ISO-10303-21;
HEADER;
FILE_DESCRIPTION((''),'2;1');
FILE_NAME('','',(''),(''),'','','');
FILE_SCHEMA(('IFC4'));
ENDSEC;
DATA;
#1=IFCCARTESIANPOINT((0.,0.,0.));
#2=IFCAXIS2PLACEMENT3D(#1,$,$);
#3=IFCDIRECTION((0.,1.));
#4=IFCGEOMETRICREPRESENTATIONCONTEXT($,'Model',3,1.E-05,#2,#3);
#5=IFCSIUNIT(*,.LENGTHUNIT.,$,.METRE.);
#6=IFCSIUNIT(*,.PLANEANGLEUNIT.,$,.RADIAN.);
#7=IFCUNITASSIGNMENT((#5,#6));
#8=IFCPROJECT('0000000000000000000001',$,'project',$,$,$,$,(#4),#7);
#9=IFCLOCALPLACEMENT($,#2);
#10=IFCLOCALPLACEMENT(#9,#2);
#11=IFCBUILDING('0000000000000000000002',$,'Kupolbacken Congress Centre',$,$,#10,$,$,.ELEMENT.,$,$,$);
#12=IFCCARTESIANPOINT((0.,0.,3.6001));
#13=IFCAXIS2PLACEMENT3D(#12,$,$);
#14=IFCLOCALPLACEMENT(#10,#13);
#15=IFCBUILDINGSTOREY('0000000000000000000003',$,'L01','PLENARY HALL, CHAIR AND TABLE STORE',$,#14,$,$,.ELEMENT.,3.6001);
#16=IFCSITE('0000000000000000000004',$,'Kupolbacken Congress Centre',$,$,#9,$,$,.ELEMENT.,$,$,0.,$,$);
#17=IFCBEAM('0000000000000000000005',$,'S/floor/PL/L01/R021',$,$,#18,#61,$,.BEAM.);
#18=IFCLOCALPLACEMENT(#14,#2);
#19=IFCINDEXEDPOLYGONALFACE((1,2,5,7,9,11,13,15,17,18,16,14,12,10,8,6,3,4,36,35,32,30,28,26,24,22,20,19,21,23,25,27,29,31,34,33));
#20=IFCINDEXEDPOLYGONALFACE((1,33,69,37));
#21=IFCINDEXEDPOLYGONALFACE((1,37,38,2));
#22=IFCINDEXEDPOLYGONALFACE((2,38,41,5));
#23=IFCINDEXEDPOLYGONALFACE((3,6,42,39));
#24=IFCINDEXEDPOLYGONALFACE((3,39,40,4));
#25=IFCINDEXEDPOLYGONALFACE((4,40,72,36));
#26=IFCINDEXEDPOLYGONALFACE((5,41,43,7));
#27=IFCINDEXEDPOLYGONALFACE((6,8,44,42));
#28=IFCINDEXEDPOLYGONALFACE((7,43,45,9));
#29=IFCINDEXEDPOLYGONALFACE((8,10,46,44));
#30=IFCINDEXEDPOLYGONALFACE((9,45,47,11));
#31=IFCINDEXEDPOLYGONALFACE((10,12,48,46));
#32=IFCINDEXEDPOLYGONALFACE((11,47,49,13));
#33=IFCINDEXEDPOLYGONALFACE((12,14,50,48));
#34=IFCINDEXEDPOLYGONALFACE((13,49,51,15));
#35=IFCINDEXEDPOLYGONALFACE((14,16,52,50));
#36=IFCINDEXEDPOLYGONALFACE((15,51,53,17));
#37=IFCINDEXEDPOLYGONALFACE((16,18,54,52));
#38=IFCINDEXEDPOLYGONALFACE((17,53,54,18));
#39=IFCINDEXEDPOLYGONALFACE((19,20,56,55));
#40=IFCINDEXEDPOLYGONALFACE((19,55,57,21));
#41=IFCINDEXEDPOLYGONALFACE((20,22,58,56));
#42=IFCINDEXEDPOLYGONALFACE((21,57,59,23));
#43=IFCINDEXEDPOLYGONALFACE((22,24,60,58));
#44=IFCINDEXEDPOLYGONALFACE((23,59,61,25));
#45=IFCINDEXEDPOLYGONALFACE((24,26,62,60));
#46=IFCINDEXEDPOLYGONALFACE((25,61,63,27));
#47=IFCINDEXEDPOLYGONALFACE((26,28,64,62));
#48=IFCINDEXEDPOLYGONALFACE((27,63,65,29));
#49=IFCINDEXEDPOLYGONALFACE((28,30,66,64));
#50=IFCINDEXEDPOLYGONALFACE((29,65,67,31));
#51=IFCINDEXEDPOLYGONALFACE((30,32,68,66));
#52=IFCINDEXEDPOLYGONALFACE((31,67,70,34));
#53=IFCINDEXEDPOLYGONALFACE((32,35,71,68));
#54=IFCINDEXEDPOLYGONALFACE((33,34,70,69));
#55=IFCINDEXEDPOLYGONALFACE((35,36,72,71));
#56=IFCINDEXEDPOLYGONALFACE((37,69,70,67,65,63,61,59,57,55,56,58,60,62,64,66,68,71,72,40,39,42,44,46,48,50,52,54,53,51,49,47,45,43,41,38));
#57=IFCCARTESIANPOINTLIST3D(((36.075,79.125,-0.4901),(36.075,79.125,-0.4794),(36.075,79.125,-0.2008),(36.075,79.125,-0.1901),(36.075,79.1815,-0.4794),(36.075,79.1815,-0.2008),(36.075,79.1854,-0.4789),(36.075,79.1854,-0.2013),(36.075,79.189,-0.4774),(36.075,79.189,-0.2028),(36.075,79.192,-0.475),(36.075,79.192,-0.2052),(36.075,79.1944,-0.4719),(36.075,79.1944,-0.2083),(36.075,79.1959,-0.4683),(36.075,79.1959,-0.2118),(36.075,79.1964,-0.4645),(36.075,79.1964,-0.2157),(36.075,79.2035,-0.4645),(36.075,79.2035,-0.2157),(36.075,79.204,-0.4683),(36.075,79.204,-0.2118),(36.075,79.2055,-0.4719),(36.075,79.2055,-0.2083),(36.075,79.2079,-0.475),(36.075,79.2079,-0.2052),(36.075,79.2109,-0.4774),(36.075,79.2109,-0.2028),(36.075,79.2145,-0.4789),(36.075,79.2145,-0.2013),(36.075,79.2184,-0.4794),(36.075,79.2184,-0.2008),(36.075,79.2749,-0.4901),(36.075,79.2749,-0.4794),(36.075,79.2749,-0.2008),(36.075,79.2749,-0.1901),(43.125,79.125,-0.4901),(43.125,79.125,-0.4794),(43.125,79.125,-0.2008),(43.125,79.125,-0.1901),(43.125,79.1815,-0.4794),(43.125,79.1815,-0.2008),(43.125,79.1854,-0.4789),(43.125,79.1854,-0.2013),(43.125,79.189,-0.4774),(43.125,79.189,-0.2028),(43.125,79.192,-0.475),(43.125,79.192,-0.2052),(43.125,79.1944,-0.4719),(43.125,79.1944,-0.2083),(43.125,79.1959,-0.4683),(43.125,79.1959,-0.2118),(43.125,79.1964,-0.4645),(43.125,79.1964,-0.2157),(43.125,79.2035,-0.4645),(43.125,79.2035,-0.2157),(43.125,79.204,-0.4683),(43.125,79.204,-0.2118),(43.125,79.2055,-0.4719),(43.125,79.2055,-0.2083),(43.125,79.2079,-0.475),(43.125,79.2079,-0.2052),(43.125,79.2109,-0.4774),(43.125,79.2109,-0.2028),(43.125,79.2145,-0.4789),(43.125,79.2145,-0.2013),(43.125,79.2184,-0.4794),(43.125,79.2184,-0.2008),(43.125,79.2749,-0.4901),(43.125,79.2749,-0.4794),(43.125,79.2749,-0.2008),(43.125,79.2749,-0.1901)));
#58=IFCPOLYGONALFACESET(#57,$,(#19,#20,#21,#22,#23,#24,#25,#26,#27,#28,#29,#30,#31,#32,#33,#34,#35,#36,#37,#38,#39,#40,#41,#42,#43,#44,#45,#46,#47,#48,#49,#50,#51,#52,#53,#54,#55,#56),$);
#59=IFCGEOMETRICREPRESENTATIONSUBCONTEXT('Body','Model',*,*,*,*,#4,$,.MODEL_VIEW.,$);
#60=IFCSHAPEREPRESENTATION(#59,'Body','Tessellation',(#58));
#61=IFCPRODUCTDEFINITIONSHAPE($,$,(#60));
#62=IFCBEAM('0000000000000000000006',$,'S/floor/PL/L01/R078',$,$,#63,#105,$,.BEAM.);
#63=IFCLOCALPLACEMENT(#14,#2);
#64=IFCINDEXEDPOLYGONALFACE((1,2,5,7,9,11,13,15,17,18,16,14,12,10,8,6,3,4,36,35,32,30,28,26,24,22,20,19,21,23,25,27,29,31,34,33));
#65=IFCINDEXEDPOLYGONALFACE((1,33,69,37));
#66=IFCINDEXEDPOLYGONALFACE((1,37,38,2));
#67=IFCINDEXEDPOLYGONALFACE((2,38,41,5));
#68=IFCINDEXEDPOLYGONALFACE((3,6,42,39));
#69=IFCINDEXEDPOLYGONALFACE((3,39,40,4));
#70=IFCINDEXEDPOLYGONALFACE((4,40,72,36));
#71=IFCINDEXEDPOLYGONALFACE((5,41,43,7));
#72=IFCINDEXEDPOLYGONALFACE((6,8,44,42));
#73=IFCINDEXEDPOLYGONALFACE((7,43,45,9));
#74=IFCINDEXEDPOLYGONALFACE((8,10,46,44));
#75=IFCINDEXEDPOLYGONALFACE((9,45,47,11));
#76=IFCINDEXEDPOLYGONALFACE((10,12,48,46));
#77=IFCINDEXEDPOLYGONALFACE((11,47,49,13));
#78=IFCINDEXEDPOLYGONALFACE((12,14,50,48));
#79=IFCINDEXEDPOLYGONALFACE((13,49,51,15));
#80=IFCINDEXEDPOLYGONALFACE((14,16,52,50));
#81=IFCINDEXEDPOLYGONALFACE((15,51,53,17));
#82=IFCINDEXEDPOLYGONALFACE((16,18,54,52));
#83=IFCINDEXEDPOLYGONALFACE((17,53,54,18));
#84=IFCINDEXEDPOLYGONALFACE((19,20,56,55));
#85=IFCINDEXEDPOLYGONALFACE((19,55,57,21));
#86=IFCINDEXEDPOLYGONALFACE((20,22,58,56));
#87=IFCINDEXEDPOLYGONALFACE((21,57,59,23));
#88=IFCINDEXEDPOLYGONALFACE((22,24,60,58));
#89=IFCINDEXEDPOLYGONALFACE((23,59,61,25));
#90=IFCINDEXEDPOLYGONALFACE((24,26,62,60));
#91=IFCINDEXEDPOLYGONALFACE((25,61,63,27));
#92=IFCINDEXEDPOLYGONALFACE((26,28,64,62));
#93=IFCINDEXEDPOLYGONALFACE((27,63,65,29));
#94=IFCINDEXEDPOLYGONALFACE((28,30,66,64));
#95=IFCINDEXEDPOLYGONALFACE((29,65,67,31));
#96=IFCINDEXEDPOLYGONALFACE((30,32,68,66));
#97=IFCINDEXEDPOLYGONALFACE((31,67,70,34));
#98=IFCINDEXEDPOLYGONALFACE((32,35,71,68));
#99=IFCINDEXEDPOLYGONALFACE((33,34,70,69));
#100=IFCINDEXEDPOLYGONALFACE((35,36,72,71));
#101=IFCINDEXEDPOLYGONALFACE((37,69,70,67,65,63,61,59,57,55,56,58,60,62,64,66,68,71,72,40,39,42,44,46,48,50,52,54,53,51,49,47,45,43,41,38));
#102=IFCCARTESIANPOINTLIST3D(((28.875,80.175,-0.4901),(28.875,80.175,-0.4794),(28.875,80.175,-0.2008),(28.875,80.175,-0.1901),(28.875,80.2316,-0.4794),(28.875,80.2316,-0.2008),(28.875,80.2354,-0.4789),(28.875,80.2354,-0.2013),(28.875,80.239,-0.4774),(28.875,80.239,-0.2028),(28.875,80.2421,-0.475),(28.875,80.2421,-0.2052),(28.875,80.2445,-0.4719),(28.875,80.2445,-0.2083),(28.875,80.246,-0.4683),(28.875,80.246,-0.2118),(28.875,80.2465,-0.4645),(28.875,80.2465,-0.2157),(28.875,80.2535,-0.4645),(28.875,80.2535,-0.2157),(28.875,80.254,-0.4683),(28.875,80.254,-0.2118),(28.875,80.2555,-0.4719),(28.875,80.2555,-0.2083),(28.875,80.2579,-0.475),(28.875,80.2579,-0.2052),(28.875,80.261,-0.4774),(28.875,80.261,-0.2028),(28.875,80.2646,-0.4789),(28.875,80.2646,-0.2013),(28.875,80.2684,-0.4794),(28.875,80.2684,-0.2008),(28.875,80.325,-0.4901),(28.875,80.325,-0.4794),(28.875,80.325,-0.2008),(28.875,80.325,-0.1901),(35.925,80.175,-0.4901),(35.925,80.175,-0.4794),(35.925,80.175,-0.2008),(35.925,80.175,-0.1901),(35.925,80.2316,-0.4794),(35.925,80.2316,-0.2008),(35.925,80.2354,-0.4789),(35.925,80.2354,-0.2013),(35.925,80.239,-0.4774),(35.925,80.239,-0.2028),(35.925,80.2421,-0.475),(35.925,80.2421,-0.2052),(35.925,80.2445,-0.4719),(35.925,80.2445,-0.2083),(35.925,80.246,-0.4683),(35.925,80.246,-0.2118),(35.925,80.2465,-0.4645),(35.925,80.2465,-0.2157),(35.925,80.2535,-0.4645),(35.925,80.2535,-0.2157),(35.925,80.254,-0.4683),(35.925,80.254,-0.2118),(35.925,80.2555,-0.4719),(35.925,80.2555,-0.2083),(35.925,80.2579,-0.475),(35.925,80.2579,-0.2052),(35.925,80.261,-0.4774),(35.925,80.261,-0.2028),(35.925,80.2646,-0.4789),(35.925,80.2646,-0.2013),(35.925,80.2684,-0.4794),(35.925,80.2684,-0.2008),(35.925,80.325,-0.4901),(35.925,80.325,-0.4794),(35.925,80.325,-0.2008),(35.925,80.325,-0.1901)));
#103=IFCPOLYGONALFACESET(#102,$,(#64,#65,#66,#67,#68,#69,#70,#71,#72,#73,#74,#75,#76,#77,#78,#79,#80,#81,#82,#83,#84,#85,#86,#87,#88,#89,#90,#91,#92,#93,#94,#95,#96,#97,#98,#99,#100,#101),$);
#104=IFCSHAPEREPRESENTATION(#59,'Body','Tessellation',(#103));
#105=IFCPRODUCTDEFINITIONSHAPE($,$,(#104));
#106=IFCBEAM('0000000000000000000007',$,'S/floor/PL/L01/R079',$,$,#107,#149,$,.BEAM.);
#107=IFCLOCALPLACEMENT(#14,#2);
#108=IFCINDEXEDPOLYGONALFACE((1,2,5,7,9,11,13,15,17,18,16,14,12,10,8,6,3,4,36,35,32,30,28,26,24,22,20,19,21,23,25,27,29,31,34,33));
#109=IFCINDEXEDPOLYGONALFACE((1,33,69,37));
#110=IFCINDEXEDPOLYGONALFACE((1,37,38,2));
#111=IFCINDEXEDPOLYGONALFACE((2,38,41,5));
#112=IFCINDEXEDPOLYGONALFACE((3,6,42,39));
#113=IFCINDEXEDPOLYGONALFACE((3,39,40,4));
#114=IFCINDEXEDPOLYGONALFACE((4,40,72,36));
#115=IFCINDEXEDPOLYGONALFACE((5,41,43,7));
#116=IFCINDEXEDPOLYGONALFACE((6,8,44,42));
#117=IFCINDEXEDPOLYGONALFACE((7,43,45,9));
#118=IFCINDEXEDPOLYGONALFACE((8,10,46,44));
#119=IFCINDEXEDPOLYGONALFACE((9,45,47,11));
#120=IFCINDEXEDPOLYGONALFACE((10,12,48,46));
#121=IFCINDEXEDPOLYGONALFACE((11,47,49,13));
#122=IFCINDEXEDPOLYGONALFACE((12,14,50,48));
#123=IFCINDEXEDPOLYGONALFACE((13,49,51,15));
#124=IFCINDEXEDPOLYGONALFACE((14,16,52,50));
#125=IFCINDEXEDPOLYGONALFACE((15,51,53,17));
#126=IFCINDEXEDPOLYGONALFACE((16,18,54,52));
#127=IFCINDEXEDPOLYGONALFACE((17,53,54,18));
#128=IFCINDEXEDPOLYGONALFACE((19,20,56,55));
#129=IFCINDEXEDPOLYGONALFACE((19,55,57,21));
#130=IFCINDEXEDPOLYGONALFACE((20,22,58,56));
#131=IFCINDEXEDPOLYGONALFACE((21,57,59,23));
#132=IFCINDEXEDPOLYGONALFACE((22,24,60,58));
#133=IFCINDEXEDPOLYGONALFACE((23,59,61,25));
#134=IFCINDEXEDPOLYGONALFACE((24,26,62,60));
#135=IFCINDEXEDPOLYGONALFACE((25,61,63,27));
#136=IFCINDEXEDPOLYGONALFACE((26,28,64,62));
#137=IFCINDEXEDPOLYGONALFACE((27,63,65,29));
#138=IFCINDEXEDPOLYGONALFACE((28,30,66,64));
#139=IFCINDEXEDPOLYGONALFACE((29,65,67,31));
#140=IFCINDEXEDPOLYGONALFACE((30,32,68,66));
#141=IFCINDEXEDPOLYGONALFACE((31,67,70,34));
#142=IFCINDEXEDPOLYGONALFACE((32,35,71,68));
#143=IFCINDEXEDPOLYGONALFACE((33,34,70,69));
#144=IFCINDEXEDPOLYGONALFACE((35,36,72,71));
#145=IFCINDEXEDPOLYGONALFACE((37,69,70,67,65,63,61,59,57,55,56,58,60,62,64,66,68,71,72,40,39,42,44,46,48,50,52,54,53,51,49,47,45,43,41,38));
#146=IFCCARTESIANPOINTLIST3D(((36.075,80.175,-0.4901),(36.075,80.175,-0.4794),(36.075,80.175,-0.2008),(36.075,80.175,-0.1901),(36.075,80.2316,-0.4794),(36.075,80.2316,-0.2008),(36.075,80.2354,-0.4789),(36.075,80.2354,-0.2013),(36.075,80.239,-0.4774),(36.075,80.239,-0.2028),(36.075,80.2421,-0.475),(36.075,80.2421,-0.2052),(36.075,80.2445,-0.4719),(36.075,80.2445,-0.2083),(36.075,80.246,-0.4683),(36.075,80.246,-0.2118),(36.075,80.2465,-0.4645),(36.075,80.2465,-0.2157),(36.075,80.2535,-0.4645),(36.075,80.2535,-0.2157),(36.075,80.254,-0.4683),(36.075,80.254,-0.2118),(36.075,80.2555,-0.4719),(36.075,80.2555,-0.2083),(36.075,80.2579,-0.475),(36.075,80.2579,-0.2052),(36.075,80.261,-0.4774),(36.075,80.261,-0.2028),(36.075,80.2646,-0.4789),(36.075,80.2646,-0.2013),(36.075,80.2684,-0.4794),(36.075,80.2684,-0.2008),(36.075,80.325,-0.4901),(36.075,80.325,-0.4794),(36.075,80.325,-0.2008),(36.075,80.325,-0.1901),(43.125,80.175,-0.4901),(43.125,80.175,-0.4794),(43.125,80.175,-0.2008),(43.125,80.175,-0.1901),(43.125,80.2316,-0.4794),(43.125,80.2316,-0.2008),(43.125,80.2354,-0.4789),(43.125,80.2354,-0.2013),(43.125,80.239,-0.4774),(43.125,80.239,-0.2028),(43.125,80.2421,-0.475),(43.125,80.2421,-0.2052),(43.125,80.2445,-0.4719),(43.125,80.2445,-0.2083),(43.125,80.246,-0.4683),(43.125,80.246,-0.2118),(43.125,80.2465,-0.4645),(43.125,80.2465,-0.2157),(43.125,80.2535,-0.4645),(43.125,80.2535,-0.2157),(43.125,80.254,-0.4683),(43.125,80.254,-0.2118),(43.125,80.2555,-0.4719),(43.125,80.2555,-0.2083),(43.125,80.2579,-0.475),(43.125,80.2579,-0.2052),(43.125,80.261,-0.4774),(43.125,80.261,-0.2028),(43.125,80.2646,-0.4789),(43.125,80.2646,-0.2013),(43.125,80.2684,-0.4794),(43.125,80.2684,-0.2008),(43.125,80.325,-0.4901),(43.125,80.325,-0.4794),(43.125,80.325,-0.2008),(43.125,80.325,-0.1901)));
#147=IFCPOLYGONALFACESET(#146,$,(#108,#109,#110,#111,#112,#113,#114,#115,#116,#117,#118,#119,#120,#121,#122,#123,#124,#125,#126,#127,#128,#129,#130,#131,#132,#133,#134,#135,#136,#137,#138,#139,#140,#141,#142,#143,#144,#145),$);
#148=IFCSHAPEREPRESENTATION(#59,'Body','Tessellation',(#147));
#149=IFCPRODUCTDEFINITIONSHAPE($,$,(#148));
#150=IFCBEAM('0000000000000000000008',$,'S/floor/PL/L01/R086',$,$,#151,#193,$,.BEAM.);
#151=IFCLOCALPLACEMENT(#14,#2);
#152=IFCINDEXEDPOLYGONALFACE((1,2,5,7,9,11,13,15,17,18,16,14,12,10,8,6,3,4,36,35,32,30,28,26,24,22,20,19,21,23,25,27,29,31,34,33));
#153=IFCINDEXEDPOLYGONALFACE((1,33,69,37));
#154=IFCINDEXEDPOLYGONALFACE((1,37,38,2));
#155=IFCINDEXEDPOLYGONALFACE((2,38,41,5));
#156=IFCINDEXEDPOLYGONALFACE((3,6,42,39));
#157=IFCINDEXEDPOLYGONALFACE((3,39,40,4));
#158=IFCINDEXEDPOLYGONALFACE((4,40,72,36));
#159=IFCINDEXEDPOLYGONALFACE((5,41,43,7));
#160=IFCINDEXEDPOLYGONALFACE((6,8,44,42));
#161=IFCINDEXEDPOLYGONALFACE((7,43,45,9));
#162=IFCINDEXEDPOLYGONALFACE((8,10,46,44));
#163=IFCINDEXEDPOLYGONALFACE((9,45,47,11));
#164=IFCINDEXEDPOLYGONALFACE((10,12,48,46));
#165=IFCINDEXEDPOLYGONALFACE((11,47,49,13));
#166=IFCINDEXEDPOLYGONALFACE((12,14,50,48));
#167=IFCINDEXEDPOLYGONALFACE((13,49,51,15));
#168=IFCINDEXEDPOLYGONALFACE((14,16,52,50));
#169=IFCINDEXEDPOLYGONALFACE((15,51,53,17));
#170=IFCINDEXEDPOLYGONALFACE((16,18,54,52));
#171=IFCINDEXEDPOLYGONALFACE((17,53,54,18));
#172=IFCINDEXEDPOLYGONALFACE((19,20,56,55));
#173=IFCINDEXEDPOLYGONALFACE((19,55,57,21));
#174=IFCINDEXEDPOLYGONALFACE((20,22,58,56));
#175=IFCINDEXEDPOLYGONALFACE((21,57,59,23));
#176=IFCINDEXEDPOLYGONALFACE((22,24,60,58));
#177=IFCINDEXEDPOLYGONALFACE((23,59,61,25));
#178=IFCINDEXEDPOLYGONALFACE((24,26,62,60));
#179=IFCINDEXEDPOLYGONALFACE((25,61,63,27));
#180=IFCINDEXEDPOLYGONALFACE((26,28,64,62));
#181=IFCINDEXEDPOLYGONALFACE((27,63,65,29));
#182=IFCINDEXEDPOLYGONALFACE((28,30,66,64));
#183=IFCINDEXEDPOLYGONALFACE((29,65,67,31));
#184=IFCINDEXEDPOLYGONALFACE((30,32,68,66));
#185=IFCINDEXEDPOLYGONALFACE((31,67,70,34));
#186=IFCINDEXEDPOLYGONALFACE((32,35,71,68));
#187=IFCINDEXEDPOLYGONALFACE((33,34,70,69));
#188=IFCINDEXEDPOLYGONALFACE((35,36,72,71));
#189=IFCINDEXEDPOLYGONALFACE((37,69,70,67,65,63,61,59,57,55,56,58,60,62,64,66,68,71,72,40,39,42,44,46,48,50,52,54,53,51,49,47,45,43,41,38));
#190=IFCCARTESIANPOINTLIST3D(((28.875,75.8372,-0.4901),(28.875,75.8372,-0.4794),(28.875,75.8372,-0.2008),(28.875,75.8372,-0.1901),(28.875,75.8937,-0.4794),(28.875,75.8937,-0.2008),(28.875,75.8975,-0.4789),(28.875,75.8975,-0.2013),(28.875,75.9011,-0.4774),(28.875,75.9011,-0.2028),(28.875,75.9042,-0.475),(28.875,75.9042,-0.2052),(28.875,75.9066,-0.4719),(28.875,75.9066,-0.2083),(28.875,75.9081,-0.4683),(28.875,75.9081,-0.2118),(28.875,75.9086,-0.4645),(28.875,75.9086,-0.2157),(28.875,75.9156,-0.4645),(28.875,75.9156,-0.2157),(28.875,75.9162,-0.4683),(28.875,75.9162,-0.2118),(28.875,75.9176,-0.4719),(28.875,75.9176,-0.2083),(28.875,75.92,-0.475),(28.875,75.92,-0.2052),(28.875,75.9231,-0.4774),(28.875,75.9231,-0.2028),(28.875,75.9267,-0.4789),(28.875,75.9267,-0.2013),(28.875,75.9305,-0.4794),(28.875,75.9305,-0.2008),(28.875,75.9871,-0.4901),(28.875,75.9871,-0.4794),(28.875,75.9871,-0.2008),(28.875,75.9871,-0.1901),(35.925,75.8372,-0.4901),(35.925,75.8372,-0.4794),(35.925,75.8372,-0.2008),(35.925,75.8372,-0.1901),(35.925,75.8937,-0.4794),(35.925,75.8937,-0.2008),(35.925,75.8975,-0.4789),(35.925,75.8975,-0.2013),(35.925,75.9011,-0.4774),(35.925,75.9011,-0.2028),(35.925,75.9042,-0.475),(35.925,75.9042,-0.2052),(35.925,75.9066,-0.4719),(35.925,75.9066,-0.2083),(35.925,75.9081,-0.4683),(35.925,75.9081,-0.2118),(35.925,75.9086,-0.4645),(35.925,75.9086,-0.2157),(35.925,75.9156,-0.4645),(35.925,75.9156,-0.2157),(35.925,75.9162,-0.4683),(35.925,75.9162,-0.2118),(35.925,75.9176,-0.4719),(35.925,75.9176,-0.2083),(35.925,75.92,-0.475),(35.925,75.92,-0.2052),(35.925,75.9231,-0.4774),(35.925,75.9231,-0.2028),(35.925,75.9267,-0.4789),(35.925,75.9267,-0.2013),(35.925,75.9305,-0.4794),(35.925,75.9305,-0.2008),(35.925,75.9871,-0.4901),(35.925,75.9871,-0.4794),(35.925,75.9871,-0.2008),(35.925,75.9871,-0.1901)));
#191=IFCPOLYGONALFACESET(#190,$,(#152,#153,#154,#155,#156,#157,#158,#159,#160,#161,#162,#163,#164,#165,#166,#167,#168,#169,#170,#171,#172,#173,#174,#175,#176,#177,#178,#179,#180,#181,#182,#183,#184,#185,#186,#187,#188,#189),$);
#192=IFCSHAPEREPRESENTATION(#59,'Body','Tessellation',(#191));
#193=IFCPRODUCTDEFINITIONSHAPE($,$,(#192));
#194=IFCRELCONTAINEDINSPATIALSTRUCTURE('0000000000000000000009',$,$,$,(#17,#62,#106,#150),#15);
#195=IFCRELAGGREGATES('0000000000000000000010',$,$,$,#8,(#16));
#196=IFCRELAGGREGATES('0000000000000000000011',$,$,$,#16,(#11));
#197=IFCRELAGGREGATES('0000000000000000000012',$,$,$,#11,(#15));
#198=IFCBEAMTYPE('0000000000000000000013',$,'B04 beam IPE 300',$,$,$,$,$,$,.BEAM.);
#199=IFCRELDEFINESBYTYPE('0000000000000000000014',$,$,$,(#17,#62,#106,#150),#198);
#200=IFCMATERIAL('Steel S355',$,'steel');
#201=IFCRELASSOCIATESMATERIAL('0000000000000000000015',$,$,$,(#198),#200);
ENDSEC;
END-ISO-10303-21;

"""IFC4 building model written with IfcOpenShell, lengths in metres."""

from ifc_helpers import new_model, si_unit, direction, frame, origin, origin_2d, place, context, subcontext, project, spatial, i_section, extrude, material, material_profile, profile_set, type_object, element, save


model = new_model("IFC4")

# Units and contexts
model_context = context("Model", 3, precision=1e-05, world=origin(), true_north=direction((0.0, 1.0)))
body_context = subcontext(model_context, "Body", "Model", "MODEL_VIEW")
ifc_project = project(units=[si_unit("LENGTHUNIT", "METRE"), si_unit("PLANEANGLEUNIT", "RADIAN")], contexts=[model_context])

# Site, building, storey
site_placement = place(None, origin())
site = spatial("IfcSite", under=ifc_project, at=site_placement, Name="Kupolbacken Congress Centre", CompositionType="ELEMENT", RefElevation=0.0)
building_placement = place(site_placement, origin())
building = spatial("IfcBuilding", under=site, at=building_placement, Name="Kupolbacken Congress Centre", CompositionType="ELEMENT")
storey_placement = place(building_placement, frame((0.0, 0.0, 3.6001)))
storey = spatial("IfcBuildingStorey", under=building, at=storey_placement, Name="L01", Description="PLENARY HALL, CHAIR AND TABLE STORE", CompositionType="ELEMENT", Elevation=3.6001)

# Beams
ifc_material_1 = material(Name="Steel S355", Category="steel")
ifc_material_profile_1 = material_profile(ifc_material_1, i_section(OverallWidth=0.1499, OverallDepth=0.3, WebThickness=0.0071, FlangeThickness=0.0107, FilletRadius=0.0149, at=origin_2d()), Name="IPE 300")
ifc_profile_set_1 = profile_set([ifc_material_profile_1], Name="Steel S355")
beam_type_1 = type_object("IfcBeamType", Name="B04 beam IPE 300", PredefinedType="BEAM", material=ifc_profile_set_1)
for number, where, z_axis, x_axis, name in (
    (1, (36.075, 79.2, -0.3401), (1.0, 0.0, 0.0), (0.0, 1.0, 0.0), "S/floor/PL/L01/R021"),
    (2, (28.875, 80.25, -0.3401), (1.0, 0.0, 0.0), (0.0, 1.0, 0.0), "S/floor/PL/L01/R078"),
    (3, (36.075, 80.25, -0.3401), (1.0, 0.0, 0.0), (0.0, 1.0, 0.0), "S/floor/PL/L01/R079"),
    (4, (28.875, 75.9121, -0.3401), (1.0, 0.0, 0.0), (0.0, 1.0, 0.0), "S/floor/PL/L01/R086"),
):
    element("IfcBeam", number, at=place(storey_placement, frame(where, z_axis=z_axis, x_axis=x_axis)), inside=storey, type_object=beam_type_1, Name=name, PredefinedType="BEAM", context=body_context, shape_type="SweptSolid", body=[
        extrude(i_section(OverallWidth=0.1499, OverallDepth=0.3, WebThickness=0.0071, FlangeThickness=0.0107, FilletRadius=0.0149, at=origin_2d()), origin(), (0.0, 0.0, 1.0), 7.05),
    ])

save(model, "model.ifc")
